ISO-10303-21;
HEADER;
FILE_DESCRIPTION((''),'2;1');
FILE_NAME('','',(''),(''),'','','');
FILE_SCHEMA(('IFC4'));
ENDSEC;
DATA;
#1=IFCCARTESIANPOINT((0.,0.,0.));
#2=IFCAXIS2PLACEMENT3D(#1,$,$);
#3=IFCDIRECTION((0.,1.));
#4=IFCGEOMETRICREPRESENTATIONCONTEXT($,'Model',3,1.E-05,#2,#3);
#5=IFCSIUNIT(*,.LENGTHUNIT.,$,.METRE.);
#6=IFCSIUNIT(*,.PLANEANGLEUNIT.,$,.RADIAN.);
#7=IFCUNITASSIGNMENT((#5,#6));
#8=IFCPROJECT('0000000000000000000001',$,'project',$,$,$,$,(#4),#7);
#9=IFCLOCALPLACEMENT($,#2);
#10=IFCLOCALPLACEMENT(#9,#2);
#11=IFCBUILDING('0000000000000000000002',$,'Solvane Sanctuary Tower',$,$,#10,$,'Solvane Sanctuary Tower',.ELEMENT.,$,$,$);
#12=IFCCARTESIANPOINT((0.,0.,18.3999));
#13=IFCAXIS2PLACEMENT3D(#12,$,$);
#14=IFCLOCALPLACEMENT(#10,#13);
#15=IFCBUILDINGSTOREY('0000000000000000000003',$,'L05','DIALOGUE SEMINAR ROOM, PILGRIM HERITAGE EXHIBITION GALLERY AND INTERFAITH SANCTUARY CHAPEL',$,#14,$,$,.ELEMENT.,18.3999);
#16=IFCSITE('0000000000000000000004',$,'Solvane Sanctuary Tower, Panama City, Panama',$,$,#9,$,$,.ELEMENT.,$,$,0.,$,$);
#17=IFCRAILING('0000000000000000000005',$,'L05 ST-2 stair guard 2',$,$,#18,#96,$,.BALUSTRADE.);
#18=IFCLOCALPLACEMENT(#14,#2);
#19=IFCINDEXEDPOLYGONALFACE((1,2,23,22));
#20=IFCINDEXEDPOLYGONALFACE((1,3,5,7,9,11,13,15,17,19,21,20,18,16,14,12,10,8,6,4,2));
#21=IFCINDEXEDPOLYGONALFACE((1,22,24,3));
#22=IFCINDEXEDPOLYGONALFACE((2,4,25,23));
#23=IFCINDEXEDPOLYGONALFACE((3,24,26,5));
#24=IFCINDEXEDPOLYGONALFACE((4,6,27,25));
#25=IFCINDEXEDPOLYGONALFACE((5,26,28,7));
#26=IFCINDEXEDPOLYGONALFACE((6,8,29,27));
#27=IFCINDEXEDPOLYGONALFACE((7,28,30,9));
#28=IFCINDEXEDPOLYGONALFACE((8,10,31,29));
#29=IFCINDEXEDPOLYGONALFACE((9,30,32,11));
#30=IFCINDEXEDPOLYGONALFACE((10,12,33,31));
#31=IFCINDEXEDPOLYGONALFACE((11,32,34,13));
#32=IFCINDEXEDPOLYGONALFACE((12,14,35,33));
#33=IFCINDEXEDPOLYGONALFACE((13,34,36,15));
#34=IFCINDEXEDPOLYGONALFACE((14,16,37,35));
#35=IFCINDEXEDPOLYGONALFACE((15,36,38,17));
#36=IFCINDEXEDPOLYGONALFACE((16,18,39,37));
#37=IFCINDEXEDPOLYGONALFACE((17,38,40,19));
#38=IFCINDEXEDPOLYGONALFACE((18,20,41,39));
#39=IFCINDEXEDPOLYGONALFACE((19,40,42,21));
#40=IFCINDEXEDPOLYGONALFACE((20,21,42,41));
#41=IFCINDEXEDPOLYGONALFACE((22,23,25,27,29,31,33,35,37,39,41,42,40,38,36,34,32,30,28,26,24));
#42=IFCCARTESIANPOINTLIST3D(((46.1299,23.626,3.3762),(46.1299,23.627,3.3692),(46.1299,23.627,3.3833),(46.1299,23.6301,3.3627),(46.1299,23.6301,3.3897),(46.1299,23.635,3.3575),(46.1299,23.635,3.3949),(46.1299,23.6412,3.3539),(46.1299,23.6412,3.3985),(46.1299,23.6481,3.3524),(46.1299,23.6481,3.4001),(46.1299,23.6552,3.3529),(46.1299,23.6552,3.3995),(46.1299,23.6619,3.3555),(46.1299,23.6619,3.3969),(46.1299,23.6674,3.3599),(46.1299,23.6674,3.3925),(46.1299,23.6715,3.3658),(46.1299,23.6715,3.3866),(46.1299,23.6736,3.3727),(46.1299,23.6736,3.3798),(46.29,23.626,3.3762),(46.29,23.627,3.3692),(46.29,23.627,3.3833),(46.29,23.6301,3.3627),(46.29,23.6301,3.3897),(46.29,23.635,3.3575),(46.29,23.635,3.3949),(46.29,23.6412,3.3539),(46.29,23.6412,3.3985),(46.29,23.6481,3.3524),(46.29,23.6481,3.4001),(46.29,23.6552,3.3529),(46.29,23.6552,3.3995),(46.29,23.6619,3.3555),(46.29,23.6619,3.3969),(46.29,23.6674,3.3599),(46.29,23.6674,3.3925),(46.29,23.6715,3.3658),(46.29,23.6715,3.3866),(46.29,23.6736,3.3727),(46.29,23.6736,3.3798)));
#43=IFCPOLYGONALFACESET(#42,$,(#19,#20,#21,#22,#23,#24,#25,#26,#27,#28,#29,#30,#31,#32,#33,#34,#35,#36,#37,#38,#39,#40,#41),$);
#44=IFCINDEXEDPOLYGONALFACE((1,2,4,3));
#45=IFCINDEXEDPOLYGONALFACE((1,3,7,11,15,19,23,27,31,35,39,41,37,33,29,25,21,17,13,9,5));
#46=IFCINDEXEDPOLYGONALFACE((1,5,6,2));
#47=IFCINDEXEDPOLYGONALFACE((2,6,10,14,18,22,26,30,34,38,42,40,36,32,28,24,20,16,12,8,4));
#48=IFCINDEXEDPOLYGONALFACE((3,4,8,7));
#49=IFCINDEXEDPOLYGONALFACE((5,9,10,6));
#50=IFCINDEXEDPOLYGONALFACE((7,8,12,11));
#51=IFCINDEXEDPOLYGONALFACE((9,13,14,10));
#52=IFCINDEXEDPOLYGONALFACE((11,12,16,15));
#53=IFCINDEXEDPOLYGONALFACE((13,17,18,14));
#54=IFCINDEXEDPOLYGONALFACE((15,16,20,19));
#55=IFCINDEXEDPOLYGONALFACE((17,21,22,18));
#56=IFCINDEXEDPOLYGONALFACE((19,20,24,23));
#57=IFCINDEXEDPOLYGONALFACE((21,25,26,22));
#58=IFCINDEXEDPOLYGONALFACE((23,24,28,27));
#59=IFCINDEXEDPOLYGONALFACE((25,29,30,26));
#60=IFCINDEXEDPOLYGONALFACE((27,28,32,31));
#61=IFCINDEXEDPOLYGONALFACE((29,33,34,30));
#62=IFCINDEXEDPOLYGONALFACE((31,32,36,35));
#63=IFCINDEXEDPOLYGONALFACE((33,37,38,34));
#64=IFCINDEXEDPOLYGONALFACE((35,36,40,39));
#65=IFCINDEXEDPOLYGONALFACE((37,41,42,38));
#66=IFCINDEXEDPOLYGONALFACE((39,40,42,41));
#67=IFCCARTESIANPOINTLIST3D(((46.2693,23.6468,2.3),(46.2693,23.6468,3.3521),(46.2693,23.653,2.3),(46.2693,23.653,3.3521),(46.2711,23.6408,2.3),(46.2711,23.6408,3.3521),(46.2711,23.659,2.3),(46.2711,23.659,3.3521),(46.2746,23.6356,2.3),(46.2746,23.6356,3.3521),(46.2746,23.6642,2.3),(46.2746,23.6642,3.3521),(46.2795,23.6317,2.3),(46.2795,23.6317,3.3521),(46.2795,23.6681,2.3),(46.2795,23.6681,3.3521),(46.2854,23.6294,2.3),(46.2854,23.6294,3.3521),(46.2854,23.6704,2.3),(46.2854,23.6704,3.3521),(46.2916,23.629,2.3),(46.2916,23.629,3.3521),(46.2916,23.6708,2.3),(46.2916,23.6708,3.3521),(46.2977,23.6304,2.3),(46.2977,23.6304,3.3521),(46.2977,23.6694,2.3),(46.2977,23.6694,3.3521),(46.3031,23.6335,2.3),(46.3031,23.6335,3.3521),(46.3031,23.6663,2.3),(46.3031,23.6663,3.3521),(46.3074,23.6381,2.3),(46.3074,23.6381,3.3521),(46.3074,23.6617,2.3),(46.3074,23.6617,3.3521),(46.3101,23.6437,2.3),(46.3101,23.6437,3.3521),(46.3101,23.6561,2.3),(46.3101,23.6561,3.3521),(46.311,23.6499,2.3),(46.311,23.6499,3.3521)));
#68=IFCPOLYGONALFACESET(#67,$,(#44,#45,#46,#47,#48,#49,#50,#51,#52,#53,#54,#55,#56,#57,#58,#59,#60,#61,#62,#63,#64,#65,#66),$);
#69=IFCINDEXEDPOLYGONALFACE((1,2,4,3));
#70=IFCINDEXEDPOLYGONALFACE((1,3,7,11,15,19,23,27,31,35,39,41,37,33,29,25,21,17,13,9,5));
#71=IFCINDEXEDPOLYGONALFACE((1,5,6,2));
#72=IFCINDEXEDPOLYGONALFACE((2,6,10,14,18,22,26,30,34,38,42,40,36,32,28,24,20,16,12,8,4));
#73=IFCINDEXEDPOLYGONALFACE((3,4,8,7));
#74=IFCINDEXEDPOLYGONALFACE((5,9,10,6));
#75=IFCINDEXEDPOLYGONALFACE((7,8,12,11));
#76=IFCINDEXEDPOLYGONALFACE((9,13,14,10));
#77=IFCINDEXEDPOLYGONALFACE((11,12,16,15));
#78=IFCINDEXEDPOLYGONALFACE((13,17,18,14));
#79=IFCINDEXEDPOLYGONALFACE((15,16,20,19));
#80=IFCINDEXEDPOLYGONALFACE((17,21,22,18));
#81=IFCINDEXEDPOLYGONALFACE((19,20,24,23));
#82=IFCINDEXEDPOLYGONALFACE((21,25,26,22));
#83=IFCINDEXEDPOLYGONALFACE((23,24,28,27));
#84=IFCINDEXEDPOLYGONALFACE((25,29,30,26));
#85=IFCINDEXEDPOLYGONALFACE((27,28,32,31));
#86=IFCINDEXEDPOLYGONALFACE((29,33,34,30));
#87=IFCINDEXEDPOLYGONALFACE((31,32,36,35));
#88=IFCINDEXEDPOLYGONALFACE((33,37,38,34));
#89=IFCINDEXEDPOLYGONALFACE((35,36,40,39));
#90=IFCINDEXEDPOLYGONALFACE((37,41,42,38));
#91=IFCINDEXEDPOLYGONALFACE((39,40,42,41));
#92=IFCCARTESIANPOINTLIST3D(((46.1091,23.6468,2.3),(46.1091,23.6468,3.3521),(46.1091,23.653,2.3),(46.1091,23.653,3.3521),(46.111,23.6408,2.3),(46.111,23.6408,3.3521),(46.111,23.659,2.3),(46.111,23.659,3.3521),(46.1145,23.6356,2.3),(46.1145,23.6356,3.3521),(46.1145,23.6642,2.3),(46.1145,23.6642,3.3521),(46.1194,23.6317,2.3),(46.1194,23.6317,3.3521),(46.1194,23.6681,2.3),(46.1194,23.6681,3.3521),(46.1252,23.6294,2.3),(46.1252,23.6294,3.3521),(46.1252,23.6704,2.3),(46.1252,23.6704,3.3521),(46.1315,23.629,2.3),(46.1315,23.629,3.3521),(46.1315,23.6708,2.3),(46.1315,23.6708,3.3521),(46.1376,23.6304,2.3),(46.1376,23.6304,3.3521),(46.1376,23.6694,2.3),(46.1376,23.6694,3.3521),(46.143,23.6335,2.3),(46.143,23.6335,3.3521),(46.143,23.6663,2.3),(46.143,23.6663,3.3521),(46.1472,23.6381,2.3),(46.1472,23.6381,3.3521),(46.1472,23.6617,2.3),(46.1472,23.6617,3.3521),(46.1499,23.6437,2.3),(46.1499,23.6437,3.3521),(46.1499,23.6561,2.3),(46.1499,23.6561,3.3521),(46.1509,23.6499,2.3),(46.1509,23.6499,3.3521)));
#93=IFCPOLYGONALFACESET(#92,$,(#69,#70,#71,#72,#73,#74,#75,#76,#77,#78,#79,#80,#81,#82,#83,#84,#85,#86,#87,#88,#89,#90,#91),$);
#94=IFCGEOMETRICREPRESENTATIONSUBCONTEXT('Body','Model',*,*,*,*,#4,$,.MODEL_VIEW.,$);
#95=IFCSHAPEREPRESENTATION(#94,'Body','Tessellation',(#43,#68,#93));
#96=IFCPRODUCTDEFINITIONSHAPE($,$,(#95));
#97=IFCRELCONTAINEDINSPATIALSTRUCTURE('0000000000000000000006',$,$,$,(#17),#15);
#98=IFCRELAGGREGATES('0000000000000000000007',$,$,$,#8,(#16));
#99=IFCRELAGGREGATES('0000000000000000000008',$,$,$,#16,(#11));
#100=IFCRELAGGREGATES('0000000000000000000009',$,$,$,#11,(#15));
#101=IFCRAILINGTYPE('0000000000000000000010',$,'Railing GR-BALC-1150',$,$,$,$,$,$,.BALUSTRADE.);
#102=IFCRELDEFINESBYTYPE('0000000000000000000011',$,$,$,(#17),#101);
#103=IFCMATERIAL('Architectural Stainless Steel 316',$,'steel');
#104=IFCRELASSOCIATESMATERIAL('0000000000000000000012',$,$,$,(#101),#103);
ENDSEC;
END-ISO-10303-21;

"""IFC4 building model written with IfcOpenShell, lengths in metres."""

from ifc_helpers import new_model, si_unit, direction, frame, origin, origin_2d, place, context, subcontext, project, spatial, circle, extrude, material, type_object, element, save


model = new_model("IFC4")

# Units and contexts
model_context = context("Model", 3, precision=1e-05, world=origin(), true_north=direction((0.0, 1.0)))
body_context = subcontext(model_context, "Body", "Model", "MODEL_VIEW")
ifc_project = project(units=[si_unit("LENGTHUNIT", "METRE"), si_unit("PLANEANGLEUNIT", "RADIAN")], contexts=[model_context])

# Site, building, storey
site_placement = place(None, origin())
site = spatial("IfcSite", under=ifc_project, at=site_placement, Name="Solvane Sanctuary Tower, Panama City, Panama", CompositionType="ELEMENT", RefElevation=0.0)
building_placement = place(site_placement, origin())
building = spatial("IfcBuilding", under=site, at=building_placement, Name="Solvane Sanctuary Tower", LongName="Solvane Sanctuary Tower", CompositionType="ELEMENT")
storey_placement = place(building_placement, frame((0.0, 0.0, 18.3999)))
storey = spatial("IfcBuildingStorey", under=building, at=storey_placement, Name="L05", Description="DIALOGUE SEMINAR ROOM, PILGRIM HERITAGE EXHIBITION GALLERY AND INTERFAITH SANCTUARY CHAPEL", CompositionType="ELEMENT", Elevation=18.3999)

# Railing
ifc_material_1 = material(Name="Architectural Stainless Steel 316", Category="steel")
railing_type_1 = type_object("IfcRailingType", Name="Railing GR-BALC-1150", PredefinedType="BALUSTRADE", material=ifc_material_1)
railing_1_placement = place(storey_placement, frame((46.29, 23.6499, 2.3)))
element("IfcRailing", 1, at=railing_1_placement, inside=storey, type_object=railing_type_1, Name="L05 ST-2 stair guard 2", PredefinedType="BALUSTRADE", context=body_context, shape_type="SweptSolid", body=[
    extrude(circle(Radius=0.0239, at=origin_2d()), frame((0.0, 0.0, 1.0762), z_axis=(-1.0, 0.0, 0.0), x_axis=(0.0, -1.0, 0.0)), (0.0, 0.0, 1.0), 0.1602),
    extrude(circle(Radius=0.021, at=origin_2d()), origin(), (0.0, 0.0, 1.0), 1.052),
    extrude(circle(Radius=0.021, at=origin_2d()), frame((-0.1602, 0.0, 0.0)), (0.0, 0.0, 1.0), 1.052),
])

save(model, "model.ifc")
